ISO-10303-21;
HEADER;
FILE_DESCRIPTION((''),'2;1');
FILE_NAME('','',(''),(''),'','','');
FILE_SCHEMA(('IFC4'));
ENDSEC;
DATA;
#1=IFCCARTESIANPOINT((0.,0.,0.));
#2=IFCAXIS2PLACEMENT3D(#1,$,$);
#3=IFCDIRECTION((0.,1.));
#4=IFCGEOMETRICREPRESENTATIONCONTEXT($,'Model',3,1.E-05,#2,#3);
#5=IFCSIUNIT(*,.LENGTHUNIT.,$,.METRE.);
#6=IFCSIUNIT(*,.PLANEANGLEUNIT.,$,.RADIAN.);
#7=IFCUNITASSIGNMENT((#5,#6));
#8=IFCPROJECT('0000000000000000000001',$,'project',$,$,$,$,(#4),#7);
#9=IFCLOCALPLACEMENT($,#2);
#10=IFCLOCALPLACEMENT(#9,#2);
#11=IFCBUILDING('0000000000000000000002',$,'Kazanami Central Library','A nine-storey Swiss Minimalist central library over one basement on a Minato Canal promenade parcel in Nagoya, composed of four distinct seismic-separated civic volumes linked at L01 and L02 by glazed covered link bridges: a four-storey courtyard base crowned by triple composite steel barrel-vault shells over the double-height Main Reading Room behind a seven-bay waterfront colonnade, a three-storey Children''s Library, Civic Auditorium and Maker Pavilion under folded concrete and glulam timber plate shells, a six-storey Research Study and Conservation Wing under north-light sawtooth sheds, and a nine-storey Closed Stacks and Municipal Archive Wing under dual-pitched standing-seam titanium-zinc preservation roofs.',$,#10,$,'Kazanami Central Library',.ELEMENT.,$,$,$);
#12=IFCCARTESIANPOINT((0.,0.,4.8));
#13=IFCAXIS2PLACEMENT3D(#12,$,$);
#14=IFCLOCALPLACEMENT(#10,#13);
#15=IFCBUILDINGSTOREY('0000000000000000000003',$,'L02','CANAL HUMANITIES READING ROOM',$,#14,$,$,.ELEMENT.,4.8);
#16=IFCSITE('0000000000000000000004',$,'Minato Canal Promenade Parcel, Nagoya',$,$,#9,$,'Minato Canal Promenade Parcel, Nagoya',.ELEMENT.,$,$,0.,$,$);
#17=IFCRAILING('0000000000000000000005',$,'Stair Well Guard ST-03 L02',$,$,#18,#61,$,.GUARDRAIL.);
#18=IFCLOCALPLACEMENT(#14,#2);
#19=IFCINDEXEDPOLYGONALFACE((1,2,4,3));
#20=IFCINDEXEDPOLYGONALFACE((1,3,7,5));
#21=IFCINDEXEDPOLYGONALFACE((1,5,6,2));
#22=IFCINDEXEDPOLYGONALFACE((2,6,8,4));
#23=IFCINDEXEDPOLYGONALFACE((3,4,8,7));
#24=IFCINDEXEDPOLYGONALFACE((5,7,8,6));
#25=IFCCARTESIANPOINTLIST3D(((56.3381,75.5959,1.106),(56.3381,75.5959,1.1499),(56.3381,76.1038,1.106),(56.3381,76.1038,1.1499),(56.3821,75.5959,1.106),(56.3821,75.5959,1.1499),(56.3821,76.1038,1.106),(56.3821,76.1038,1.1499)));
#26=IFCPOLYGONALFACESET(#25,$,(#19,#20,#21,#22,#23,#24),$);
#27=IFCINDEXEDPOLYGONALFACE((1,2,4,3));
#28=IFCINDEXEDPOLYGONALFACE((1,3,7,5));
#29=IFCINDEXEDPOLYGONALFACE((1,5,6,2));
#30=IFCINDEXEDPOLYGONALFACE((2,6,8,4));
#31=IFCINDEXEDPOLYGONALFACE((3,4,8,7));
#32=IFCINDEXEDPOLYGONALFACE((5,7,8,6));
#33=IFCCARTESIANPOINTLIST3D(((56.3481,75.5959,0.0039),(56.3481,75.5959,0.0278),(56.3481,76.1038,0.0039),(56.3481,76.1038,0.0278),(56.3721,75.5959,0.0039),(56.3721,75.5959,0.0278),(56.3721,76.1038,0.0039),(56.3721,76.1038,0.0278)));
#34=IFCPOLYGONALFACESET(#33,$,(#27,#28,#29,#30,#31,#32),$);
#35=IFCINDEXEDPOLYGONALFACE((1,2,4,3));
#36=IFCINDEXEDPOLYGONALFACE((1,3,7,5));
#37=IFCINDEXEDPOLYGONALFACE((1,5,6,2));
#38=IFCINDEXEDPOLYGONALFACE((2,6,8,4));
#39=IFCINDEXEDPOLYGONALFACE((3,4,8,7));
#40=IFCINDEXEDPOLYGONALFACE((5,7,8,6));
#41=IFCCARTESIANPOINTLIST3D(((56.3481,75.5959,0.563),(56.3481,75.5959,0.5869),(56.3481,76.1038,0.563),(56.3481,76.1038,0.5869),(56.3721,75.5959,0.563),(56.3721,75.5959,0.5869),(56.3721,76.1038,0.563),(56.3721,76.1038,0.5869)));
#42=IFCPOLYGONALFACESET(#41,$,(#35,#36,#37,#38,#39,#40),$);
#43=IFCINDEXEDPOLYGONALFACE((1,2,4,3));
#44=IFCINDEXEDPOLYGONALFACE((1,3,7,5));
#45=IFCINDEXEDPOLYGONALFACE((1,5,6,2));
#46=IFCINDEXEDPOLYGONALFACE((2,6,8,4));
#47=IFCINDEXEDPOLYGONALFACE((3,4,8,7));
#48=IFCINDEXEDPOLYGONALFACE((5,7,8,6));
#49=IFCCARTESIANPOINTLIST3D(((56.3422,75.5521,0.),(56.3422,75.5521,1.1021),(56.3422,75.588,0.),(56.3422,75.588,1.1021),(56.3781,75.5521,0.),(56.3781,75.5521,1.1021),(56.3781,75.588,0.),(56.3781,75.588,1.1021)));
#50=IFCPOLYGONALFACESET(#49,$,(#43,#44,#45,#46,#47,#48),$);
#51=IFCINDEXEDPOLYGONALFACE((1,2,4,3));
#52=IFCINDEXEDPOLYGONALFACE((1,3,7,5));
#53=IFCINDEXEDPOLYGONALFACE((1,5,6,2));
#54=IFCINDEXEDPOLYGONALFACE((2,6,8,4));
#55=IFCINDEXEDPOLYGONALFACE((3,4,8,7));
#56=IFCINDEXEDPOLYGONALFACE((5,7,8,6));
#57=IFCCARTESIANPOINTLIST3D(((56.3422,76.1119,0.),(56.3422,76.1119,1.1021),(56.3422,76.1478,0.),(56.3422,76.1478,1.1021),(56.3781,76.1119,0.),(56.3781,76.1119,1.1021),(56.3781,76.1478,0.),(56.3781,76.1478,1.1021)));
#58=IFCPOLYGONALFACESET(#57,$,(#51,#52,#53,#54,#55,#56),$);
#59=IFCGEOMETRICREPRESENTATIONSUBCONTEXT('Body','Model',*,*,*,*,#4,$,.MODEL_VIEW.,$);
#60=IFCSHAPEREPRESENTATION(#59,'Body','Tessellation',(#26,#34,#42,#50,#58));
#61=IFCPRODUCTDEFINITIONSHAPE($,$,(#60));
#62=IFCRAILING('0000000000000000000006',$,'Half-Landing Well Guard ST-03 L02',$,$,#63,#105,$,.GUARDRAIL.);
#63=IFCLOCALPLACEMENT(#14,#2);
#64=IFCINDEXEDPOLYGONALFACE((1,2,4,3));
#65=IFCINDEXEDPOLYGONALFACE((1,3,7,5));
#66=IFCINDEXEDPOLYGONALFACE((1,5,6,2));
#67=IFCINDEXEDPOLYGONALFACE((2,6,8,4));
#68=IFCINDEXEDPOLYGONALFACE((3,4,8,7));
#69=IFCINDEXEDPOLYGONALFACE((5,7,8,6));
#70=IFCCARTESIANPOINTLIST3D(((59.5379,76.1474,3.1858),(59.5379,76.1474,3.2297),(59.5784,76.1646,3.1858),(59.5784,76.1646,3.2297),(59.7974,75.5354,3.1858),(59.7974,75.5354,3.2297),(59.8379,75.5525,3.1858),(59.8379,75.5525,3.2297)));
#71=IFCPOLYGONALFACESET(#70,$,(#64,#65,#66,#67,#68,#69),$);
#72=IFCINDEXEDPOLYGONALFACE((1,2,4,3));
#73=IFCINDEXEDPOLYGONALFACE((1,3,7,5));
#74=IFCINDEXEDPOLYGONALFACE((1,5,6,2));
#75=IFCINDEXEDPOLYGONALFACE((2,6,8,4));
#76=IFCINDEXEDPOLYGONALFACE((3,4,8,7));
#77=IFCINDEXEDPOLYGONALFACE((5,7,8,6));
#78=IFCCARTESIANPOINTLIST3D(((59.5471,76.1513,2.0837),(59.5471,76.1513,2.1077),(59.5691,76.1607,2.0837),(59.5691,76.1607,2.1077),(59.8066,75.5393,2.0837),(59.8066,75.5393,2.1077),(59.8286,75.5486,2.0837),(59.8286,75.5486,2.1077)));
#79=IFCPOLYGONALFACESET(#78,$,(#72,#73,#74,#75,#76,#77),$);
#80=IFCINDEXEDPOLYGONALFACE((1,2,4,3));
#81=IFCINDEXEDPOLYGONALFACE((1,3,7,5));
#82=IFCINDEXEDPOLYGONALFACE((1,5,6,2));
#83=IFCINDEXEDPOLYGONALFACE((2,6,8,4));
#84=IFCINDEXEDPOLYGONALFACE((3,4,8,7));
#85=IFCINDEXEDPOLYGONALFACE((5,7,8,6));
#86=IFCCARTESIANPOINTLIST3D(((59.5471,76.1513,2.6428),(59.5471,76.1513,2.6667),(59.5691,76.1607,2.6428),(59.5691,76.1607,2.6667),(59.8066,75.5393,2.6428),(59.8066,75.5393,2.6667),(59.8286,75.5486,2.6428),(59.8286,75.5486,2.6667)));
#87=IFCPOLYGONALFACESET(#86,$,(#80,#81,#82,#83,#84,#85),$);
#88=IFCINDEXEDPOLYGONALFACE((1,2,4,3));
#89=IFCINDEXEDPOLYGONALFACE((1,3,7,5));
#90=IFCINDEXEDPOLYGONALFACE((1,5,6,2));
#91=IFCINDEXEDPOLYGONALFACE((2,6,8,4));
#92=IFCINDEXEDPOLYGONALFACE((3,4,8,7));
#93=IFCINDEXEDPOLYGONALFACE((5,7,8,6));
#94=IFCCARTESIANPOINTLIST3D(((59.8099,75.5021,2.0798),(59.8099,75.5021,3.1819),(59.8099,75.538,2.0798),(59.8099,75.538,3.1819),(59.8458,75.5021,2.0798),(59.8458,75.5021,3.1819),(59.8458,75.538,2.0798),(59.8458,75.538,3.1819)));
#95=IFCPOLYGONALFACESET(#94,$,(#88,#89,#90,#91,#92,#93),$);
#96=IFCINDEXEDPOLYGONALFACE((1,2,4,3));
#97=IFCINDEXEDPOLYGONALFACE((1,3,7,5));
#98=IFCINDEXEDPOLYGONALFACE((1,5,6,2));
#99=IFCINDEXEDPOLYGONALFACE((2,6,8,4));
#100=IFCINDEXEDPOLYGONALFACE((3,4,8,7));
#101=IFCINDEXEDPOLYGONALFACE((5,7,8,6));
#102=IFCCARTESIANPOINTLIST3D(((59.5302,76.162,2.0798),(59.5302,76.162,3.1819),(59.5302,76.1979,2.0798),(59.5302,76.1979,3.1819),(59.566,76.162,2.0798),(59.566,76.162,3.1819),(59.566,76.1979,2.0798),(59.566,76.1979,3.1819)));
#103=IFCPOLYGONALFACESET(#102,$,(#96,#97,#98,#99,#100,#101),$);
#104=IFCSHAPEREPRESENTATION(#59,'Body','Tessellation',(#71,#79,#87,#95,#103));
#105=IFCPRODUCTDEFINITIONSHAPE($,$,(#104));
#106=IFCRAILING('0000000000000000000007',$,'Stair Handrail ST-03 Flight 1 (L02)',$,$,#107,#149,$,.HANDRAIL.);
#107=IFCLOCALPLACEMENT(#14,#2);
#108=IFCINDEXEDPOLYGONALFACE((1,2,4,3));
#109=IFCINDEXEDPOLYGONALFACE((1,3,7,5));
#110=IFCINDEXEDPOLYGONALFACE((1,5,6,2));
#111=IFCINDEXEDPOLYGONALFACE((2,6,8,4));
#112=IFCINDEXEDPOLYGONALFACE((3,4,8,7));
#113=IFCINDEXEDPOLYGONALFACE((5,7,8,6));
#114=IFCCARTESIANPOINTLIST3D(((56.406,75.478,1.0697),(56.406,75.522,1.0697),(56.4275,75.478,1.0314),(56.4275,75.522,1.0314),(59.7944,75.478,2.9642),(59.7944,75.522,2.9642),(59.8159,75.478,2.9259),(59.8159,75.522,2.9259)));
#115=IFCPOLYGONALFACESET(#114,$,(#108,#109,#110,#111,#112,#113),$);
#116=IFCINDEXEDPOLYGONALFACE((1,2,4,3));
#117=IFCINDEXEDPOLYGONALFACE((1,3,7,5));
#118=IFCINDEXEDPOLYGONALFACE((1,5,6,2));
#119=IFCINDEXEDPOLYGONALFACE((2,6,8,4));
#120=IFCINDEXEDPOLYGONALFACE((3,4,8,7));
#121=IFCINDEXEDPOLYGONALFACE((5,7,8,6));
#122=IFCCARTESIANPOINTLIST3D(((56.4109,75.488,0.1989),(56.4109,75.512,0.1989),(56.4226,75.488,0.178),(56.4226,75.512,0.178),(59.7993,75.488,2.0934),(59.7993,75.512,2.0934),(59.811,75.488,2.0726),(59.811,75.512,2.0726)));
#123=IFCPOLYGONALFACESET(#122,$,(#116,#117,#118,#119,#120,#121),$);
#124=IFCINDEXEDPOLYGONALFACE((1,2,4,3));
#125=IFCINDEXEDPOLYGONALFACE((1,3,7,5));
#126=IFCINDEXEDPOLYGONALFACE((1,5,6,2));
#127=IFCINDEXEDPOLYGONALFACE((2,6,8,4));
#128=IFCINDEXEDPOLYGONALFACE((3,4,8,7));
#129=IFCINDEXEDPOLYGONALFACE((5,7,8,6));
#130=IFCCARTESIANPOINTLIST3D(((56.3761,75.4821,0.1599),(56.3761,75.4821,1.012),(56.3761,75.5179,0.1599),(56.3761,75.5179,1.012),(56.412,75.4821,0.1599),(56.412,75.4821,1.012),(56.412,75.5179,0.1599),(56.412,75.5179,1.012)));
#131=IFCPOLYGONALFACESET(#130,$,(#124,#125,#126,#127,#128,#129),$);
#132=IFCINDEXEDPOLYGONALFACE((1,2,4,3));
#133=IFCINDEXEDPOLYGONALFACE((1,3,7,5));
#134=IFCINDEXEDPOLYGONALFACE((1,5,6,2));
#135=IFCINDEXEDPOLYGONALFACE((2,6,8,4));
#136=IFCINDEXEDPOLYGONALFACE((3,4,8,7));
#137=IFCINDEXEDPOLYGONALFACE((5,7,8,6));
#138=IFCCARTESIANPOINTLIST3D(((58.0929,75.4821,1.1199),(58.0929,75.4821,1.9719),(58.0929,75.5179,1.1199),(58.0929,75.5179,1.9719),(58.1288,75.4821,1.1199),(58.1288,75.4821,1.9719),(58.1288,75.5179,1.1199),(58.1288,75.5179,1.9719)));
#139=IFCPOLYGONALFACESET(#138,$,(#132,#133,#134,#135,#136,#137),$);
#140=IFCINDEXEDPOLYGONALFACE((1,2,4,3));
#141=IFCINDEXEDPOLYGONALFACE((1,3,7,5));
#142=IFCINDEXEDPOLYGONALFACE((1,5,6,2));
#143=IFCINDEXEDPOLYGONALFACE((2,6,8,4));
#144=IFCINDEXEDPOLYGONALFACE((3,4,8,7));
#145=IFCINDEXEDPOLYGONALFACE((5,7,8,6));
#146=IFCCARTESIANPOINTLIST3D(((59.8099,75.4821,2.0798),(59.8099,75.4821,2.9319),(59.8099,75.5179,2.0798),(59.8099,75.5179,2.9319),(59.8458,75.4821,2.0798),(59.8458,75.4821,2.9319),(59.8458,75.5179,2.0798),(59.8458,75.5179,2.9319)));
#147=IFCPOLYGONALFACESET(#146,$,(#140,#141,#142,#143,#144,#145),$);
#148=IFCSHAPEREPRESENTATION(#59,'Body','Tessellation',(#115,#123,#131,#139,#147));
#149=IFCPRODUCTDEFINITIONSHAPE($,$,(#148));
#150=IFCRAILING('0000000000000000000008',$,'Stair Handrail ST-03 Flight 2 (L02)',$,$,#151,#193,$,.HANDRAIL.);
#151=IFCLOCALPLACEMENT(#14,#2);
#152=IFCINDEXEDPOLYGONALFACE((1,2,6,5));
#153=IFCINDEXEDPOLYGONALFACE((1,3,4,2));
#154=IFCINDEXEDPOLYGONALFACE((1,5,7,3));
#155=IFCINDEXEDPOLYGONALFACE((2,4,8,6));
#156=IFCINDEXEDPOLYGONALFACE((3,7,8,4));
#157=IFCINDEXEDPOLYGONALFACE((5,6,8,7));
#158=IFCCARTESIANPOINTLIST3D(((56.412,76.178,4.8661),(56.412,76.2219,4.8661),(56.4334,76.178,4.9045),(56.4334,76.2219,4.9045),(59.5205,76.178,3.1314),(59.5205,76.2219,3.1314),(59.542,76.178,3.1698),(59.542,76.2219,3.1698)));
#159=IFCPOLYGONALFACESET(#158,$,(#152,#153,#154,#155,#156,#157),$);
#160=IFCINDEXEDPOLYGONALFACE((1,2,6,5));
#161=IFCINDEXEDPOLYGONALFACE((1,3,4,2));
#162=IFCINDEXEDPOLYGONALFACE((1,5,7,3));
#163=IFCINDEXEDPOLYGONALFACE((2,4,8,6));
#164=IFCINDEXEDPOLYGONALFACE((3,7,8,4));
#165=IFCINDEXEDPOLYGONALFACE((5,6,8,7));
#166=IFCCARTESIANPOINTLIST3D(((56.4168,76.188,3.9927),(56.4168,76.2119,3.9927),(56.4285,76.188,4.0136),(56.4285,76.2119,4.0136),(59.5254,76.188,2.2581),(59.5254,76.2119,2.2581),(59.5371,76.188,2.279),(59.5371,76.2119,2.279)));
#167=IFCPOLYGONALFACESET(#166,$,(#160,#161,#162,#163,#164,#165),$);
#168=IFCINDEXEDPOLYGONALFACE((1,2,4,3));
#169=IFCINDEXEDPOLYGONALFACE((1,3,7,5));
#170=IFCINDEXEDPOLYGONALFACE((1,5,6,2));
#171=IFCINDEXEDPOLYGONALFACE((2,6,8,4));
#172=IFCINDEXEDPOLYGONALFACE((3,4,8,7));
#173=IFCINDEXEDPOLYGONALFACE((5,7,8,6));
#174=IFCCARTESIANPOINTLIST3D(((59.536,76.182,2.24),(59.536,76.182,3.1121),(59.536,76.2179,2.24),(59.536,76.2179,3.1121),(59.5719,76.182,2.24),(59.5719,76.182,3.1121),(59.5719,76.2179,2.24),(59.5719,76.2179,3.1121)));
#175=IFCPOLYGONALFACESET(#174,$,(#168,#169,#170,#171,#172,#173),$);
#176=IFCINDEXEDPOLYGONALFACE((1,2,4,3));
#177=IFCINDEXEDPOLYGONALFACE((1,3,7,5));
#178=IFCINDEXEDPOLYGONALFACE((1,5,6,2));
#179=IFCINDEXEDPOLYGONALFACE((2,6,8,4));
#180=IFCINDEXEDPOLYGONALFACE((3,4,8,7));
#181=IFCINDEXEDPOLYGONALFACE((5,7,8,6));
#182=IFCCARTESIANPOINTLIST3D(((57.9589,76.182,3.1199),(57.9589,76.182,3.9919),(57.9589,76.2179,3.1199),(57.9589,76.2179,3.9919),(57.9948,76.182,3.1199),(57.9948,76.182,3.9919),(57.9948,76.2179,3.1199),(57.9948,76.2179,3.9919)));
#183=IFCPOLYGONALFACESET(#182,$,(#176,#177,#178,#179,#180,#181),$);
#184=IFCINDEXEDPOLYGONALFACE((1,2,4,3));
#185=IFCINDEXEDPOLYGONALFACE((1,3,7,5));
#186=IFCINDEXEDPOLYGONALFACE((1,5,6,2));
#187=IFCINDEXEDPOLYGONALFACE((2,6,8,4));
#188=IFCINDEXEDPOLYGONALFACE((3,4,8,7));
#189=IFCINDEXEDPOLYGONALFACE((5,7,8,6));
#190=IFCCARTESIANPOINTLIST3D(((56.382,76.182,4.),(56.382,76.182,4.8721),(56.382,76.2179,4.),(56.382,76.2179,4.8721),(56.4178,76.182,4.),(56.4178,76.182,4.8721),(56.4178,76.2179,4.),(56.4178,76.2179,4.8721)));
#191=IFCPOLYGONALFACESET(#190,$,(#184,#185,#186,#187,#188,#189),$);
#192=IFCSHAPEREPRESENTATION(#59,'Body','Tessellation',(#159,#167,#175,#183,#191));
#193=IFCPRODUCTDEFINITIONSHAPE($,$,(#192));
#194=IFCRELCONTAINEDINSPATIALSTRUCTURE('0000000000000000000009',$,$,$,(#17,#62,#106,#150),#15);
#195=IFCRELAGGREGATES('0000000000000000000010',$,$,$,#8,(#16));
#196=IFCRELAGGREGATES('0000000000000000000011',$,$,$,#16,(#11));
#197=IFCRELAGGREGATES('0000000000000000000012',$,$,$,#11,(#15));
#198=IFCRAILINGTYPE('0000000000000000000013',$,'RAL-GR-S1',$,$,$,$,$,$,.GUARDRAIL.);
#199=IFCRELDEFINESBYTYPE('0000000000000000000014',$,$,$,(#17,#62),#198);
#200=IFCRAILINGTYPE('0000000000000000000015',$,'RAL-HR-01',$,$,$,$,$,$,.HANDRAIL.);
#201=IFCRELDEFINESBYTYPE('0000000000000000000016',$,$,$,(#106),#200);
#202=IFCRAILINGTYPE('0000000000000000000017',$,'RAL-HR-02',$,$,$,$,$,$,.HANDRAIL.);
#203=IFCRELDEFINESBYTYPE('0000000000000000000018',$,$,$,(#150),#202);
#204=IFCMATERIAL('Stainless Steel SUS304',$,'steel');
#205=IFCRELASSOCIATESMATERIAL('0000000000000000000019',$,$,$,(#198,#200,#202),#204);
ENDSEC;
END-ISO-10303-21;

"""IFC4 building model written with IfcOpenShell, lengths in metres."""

from ifc_helpers import new_model, si_unit, direction, frame, origin, origin_2d, place, context, subcontext, project, spatial, rectangle, extrude, material, type_object, element, save


model = new_model("IFC4")

# Units and contexts
model_context = context("Model", 3, precision=1e-05, world=origin(), true_north=direction((0.0, 1.0)))
body_context = subcontext(model_context, "Body", "Model", "MODEL_VIEW")
ifc_project = project(units=[si_unit("LENGTHUNIT", "METRE"), si_unit("PLANEANGLEUNIT", "RADIAN")], contexts=[model_context])

# Site, building, storey
site_placement = place(None, origin())
site = spatial("IfcSite", under=ifc_project, at=site_placement, Name="Minato Canal Promenade Parcel, Nagoya", LongName="Minato Canal Promenade Parcel, Nagoya", CompositionType="ELEMENT", RefElevation=0.0)
building_placement = place(site_placement, origin())
building = spatial("IfcBuilding", under=site, at=building_placement, Name="Kazanami Central Library", Description="A nine-storey Swiss Minimalist central library over one basement on a Minato Canal promenade parcel in Nagoya, composed of four distinct seismic-separated civic volumes linked at L01 and L02 by glazed covered link bridges: a four-storey courtyard base crowned by triple composite steel barrel-vault shells over the double-height Main Reading Room behind a seven-bay waterfront colonnade, a three-storey Children's Library, Civic Auditorium and Maker Pavilion under folded concrete and glulam timber plate shells, a six-storey Research Study and Conservation Wing under north-light sawtooth sheds, and a nine-storey Closed Stacks and Municipal Archive Wing under dual-pitched standing-seam titanium-zinc preservation roofs.", LongName="Kazanami Central Library", CompositionType="ELEMENT")
storey_placement = place(building_placement, frame((0.0, 0.0, 4.8)))
storey = spatial("IfcBuildingStorey", under=building, at=storey_placement, Name="L02", Description="CANAL HUMANITIES READING ROOM", CompositionType="ELEMENT", Elevation=4.8)

# Shared definitions
ifc_material_1 = material(Name="Stainless Steel SUS304", Category="steel")

# Railings
railing_type_1 = type_object("IfcRailingType", Name="RAL-GR-S1", PredefinedType="GUARDRAIL", material=ifc_material_1)
railing_1_placement = place(storey_placement, frame((56.3601, 75.5701, 0.0)))
element("IfcRailing", 1, at=railing_1_placement, inside=storey, type_object=railing_type_1, Name="Stair Well Guard ST-03 L02", PredefinedType="GUARDRAIL", context=body_context, shape_type="SweptSolid", body=[
    extrude(rectangle(XDim=0.0439, YDim=0.0439, at=origin_2d()), frame((0.0, 0.0259, 1.1279), z_axis=(0.0, 1.0, 0.0), x_axis=(-1.0, 0.0, 0.0)), (0.0, 0.0, 1.0), 0.5078),
    extrude(rectangle(XDim=0.0239, YDim=0.0239, at=origin_2d()), frame((0.0, 0.0259, 0.0159), z_axis=(0.0, 1.0, 0.0), x_axis=(-1.0, 0.0, 0.0)), (0.0, 0.0, 1.0), 0.5078),
    extrude(rectangle(XDim=0.0239, YDim=0.0239, at=origin_2d()), frame((0.0, 0.0259, 0.575), z_axis=(0.0, 1.0, 0.0), x_axis=(-1.0, 0.0, 0.0)), (0.0, 0.0, 1.0), 0.5078),
    extrude(rectangle(XDim=0.0359, YDim=0.0359, at=origin_2d()), origin(), (0.0, 0.0, 1.0), 1.1021),
    extrude(rectangle(XDim=0.0359, YDim=0.0359, at=origin_2d()), frame((0.0, 0.5598, 0.0)), (0.0, 0.0, 1.0), 1.1021),
])
railing_2_placement = place(storey_placement, frame((59.8279, 75.52, 2.0798)))
element("IfcRailing", 2, at=railing_2_placement, inside=storey, type_object=railing_type_1, Name="Half-Landing Well Guard ST-03 L02", PredefinedType="GUARDRAIL", context=body_context, shape_type="SweptSolid", body=[
    extrude(rectangle(XDim=0.0439, YDim=0.0439, at=origin_2d()), frame((-0.0103, 0.0239, 1.1279), z_axis=(-0.39034, 0.920671, 0.0), x_axis=(-0.920671, -0.39034, 0.0)), (0.0, 0.0, 1.0), 0.6648),
    extrude(rectangle(XDim=0.0239, YDim=0.0239, at=origin_2d()), frame((-0.0103, 0.0239, 0.0159), z_axis=(-0.39034, 0.920671, 0.0), x_axis=(-0.920671, -0.39034, 0.0)), (0.0, 0.0, 1.0), 0.6648),
    extrude(rectangle(XDim=0.0239, YDim=0.0239, at=origin_2d()), frame((-0.0103, 0.0239, 0.575), z_axis=(-0.39034, 0.920671, 0.0), x_axis=(-0.920671, -0.39034, 0.0)), (0.0, 0.0, 1.0), 0.6648),
    extrude(rectangle(XDim=0.0359, YDim=0.0359, at=origin_2d()), origin(), (0.0, 0.0, 1.0), 1.1021),
    extrude(rectangle(XDim=0.0359, YDim=0.0359, at=origin_2d()), frame((-0.2798, 0.6599, 0.0)), (0.0, 0.0, 1.0), 1.1021),
])
railing_type_2 = type_object("IfcRailingType", Name="RAL-HR-01", PredefinedType="HANDRAIL", material=ifc_material_1)
railing_3_placement = place(storey_placement, frame((56.394, 75.5, 0.1599)))
element("IfcRailing", 3, at=railing_3_placement, inside=storey, type_object=railing_type_2, Name="Stair Handrail ST-03 Flight 1 (L02)", PredefinedType="HANDRAIL", context=body_context, shape_type="SweptSolid", body=[
    extrude(rectangle(XDim=0.0439, YDim=0.0439, at=origin_2d()), frame((0.0227, 0.0, 0.8906), z_axis=(0.872834, 0.0, 0.488017), x_axis=(0.0, 1.0, 0.0)), (0.0, 0.0, 1.0), 3.8821),
    extrude(rectangle(XDim=0.0239, YDim=0.0239, at=origin_2d()), frame((0.0227, 0.0, 0.0286), z_axis=(0.872834, 0.0, 0.488017), x_axis=(0.0, 1.0, 0.0)), (0.0, 0.0, 1.0), 3.8821),
    extrude(rectangle(XDim=0.0359, YDim=0.0359, at=origin_2d()), origin(), (0.0, 0.0, 1.0), 0.8521),
    extrude(rectangle(XDim=0.0359, YDim=0.0359, at=origin_2d()), frame((1.7168, 0.0, 0.96)), (0.0, 0.0, 1.0), 0.8521),
    extrude(rectangle(XDim=0.0359, YDim=0.0359, at=origin_2d()), frame((3.4338, 0.0, 1.9199)), (0.0, 0.0, 1.0), 0.8521),
])
railing_type_3 = type_object("IfcRailingType", Name="RAL-HR-02", PredefinedType="HANDRAIL", material=ifc_material_1)
railing_4_placement = place(storey_placement, frame((59.554, 76.2, 2.24)))
element("IfcRailing", 4, at=railing_4_placement, inside=storey, type_object=railing_type_3, Name="Stair Handrail ST-03 Flight 2 (L02)", PredefinedType="HANDRAIL", context=body_context, shape_type="SweptSolid", body=[
    extrude(rectangle(XDim=0.0439, YDim=0.0439, at=origin_2d()), frame((-0.0227, 0.0, 0.9106), z_axis=(-0.873244, 0.0, 0.487283), x_axis=(0.0, -1.0, 0.0)), (0.0, 0.0, 1.0), 3.5598),
    extrude(rectangle(XDim=0.0239, YDim=0.0239, at=origin_2d()), frame((-0.0227, 0.0, 0.0286), z_axis=(-0.873244, 0.0, 0.487283), x_axis=(0.0, -1.0, 0.0)), (0.0, 0.0, 1.0), 3.5598),
    extrude(rectangle(XDim=0.0359, YDim=0.0359, at=origin_2d()), origin(), (0.0, 0.0, 1.0), 0.8721),
    extrude(rectangle(XDim=0.0359, YDim=0.0359, at=origin_2d()), frame((-1.5771, 0.0, 0.8799)), (0.0, 0.0, 1.0), 0.8721),
    extrude(rectangle(XDim=0.0359, YDim=0.0359, at=origin_2d()), frame((-3.1541, 0.0, 1.76)), (0.0, 0.0, 1.0), 0.8721),
])

save(model, "model.ifc")
